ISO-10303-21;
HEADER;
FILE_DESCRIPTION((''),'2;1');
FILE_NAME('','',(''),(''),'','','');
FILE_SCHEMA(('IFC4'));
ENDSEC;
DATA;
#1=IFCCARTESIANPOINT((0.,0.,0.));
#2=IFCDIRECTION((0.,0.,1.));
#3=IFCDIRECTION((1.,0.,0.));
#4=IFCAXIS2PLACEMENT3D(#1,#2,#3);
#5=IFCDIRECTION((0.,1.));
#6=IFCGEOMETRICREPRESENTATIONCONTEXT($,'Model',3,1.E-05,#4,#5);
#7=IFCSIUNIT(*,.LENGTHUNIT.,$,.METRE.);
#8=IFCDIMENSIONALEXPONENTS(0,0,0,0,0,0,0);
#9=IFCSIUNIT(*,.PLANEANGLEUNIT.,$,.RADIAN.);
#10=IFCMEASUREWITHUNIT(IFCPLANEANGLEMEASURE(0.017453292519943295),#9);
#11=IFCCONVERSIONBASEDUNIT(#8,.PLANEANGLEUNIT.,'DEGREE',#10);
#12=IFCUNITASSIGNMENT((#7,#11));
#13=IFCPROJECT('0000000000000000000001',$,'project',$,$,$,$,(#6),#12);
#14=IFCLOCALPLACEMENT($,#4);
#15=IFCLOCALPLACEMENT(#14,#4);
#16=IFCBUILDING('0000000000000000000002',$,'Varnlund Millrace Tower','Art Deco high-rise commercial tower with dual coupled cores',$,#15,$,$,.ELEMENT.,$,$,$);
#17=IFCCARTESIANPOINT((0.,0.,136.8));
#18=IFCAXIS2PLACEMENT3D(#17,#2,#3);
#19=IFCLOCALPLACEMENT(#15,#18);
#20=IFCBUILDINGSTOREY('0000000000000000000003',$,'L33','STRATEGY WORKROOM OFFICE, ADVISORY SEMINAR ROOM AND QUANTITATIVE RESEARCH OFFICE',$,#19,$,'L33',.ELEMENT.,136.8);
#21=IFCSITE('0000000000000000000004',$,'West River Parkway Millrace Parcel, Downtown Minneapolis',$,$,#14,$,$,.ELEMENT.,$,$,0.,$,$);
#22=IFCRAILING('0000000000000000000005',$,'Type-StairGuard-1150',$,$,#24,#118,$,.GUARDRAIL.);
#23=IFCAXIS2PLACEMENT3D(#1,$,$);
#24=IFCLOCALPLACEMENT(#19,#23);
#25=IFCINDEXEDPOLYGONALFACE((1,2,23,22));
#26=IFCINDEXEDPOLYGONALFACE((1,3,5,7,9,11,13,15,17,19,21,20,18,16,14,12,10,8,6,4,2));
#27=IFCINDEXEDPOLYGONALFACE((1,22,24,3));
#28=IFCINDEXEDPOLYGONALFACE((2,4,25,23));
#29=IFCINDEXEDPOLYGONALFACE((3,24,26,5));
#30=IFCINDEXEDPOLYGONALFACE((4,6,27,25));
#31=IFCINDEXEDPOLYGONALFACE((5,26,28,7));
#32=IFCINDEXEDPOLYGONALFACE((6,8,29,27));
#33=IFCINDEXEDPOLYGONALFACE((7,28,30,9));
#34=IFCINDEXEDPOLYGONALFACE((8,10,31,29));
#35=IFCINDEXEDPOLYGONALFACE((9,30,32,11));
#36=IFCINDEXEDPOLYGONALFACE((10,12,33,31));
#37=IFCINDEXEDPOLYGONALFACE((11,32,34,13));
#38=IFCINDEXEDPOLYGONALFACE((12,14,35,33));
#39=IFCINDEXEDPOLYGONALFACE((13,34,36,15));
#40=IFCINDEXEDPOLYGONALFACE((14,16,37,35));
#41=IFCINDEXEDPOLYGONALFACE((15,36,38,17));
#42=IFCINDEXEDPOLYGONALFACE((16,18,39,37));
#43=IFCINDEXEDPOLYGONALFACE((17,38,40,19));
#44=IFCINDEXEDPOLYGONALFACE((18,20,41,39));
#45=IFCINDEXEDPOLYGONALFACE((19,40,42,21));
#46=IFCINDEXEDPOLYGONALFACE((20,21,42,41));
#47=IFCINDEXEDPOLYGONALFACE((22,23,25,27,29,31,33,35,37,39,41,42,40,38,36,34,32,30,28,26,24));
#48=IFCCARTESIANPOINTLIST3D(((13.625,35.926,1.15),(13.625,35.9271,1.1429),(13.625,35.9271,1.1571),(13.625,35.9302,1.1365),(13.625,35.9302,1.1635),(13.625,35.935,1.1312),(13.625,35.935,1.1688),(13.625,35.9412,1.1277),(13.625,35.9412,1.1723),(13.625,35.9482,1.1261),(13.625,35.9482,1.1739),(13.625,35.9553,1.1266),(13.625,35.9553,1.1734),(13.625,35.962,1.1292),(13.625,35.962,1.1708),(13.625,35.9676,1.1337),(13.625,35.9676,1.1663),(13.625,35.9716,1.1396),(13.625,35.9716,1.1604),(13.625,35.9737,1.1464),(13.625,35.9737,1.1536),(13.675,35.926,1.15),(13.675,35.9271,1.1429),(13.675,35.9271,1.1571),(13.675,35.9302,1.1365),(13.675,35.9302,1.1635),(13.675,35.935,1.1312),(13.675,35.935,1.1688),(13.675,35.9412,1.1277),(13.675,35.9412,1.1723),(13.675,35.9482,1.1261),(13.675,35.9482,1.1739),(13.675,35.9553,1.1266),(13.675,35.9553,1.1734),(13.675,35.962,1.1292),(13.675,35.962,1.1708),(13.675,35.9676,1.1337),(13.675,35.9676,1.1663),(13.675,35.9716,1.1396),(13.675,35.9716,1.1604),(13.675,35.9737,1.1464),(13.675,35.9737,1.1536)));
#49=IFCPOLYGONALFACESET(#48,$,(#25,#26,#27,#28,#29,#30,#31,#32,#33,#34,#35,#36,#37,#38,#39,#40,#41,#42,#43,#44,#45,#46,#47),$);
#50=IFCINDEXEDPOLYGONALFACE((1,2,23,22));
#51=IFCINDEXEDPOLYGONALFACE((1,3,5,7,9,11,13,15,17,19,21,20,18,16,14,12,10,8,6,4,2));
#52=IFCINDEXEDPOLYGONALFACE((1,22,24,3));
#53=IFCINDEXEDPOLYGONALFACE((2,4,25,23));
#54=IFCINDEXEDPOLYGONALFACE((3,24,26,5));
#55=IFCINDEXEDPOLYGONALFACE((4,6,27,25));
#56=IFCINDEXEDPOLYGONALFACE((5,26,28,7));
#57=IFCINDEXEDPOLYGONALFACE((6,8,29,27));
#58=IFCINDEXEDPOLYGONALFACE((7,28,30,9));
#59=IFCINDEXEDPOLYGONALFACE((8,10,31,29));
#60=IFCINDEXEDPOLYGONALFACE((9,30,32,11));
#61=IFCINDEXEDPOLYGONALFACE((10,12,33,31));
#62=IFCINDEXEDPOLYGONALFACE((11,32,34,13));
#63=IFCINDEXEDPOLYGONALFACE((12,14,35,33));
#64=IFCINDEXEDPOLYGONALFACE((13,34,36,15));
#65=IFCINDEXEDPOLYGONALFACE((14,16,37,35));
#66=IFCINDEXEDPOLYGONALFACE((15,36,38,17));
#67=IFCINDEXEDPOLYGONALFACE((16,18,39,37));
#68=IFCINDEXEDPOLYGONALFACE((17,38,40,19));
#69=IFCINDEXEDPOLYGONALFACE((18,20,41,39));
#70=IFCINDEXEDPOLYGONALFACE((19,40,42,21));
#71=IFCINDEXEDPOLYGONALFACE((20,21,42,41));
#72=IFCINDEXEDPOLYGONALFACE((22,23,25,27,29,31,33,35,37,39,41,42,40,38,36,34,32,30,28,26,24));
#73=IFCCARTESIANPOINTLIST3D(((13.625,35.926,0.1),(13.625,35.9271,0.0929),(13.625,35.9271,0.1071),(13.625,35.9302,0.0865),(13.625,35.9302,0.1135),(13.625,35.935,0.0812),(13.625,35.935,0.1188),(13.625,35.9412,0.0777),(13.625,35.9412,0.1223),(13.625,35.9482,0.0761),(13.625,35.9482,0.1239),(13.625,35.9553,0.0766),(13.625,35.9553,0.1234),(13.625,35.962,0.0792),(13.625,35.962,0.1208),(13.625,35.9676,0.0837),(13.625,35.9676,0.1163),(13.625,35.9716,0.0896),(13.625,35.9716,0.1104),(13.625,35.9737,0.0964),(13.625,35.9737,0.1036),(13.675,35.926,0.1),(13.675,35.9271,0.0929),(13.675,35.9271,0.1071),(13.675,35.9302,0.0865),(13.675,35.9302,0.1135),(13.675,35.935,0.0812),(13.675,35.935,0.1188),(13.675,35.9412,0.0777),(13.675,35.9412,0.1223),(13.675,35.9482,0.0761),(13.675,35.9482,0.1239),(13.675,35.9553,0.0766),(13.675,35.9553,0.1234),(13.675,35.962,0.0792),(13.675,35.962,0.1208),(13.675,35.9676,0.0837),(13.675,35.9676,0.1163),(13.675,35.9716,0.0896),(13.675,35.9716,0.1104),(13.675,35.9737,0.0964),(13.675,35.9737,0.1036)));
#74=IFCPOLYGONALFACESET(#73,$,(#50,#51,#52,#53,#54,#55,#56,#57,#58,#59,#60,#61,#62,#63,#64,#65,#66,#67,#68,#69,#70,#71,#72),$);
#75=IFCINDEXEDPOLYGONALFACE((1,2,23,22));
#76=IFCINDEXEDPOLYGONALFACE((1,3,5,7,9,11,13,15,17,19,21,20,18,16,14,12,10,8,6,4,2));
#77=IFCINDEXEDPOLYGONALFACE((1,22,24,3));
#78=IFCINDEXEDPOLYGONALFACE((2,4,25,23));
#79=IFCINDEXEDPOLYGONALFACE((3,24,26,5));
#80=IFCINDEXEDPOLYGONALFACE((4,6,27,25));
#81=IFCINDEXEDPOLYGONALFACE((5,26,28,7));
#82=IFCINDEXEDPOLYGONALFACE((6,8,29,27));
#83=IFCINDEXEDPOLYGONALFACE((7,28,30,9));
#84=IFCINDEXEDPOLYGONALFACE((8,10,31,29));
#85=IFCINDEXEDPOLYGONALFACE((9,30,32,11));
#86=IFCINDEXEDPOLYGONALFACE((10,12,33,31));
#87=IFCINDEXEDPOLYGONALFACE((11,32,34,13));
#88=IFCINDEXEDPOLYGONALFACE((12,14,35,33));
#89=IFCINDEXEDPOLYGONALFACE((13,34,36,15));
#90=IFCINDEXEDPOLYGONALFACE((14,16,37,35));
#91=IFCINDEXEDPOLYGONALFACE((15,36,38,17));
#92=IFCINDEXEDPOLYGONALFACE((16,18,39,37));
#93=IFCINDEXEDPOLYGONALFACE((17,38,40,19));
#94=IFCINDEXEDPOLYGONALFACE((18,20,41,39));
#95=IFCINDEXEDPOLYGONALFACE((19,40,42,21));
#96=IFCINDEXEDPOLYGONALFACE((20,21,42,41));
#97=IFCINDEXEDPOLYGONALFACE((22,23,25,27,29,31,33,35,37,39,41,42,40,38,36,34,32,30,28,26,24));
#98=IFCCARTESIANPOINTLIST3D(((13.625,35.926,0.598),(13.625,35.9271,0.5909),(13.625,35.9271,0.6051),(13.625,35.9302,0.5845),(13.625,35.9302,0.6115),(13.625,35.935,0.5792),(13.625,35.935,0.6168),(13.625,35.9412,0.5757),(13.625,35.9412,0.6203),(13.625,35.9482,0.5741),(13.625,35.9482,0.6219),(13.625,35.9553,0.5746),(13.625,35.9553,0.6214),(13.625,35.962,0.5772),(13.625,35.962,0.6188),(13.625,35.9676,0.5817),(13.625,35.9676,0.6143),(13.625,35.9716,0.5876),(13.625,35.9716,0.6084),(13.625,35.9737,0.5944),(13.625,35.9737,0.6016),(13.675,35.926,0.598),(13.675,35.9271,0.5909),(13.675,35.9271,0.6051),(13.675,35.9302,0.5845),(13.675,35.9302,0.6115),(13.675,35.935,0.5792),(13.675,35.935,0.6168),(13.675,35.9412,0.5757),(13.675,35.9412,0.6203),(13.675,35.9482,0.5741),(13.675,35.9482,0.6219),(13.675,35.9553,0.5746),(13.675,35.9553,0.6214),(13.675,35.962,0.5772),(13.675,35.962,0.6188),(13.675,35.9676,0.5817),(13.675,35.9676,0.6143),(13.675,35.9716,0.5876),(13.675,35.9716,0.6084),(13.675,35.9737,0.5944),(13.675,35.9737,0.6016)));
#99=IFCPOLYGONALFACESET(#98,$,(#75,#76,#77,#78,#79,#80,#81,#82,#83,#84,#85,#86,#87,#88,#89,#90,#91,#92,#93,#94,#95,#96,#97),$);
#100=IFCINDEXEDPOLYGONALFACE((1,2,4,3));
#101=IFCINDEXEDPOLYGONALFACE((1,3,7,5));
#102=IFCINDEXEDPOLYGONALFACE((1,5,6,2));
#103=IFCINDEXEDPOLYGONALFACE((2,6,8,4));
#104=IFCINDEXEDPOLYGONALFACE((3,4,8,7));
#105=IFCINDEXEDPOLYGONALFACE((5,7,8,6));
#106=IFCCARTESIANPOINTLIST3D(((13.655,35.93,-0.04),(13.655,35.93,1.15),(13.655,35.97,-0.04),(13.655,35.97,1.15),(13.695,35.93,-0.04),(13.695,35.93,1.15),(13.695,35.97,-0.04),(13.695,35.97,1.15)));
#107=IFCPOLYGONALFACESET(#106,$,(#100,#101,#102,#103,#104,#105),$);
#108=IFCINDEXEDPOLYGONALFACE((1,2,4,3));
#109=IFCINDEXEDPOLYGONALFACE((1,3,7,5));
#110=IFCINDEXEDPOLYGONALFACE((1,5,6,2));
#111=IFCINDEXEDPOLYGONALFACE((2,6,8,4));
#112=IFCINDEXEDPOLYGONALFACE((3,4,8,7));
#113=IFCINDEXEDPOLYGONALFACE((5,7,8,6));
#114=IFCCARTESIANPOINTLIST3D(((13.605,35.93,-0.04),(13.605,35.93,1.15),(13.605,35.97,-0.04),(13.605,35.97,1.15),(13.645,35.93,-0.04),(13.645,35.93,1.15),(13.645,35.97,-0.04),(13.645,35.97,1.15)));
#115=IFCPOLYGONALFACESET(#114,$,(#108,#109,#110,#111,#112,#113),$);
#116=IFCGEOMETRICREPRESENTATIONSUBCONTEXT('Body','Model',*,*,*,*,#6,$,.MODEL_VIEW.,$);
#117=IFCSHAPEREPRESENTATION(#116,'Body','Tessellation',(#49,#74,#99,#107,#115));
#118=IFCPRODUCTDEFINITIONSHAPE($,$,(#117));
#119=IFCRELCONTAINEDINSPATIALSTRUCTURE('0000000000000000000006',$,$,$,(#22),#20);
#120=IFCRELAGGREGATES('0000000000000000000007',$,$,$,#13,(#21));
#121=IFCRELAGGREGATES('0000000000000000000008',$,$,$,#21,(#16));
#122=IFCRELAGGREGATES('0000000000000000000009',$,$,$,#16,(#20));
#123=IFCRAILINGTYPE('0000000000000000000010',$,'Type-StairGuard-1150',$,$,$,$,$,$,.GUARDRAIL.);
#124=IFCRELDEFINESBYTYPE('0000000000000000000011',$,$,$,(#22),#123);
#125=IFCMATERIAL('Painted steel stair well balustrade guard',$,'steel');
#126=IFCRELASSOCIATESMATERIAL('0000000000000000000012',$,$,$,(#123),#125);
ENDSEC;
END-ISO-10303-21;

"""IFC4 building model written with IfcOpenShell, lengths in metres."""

from ifc_helpers import new_model, entity, si_unit, converted_unit, direction, frame, origin_with_axes, origin_2d_with_axis, place, context, subcontext, project, spatial, rectangle, circle, extrude, material, type_object, element, save


model = new_model("IFC4")

# Units and contexts
model_context = context("Model", 3, precision=1e-05, world=origin_with_axes(), true_north=direction((0.0, 1.0)))
body_context = subcontext(model_context, "Body", "Model", "MODEL_VIEW")
ifc_project = project(units=[si_unit("LENGTHUNIT", "METRE"), converted_unit("PLANEANGLEUNIT", "DEGREE", entity("IfcPlaneAngleMeasure", 0.017453292519943295), si_unit("PLANEANGLEUNIT", "RADIAN"), dimensions=[0, 0, 0, 0, 0, 0, 0])], contexts=[model_context])

# Site, building, storey
site_placement = place(None, origin_with_axes())
site = spatial("IfcSite", under=ifc_project, at=site_placement, Name="West River Parkway Millrace Parcel, Downtown Minneapolis", CompositionType="ELEMENT", RefElevation=0.0)
building_placement = place(site_placement, origin_with_axes())
building = spatial("IfcBuilding", under=site, at=building_placement, Name="Varnlund Millrace Tower", Description="Art Deco high-rise commercial tower with dual coupled cores", CompositionType="ELEMENT")
storey_placement = place(building_placement, frame((0.0, 0.0, 136.8), z_axis=(0.0, 0.0, 1.0), x_axis=(1.0, 0.0, 0.0)))
storey = spatial("IfcBuildingStorey", under=building, at=storey_placement, Name="L33", Description="STRATEGY WORKROOM OFFICE, ADVISORY SEMINAR ROOM AND QUANTITATIVE RESEARCH OFFICE", LongName="L33", CompositionType="ELEMENT", Elevation=136.8)

# Railing
ifc_material_1 = material(Name="Painted steel stair well balustrade guard", Category="steel")
railing_type_1 = type_object("IfcRailingType", Name="Type-StairGuard-1150", PredefinedType="GUARDRAIL", material=ifc_material_1)
railing_1_placement = place(storey_placement, frame((0.0, 0.0, -136.8), z_axis=(0.0, 0.0, 1.0), x_axis=(1.0, 0.0, 0.0)))
element("IfcRailing", 1, at=railing_1_placement, inside=storey, type_object=railing_type_1, Name="Type-StairGuard-1150", PredefinedType="GUARDRAIL", context=body_context, shape_type="SweptSolid", body=[
    extrude(circle(Radius=0.024, at=origin_2d_with_axis()), frame((13.675, 35.95, 137.95), z_axis=(-1.0, 0.0, 0.0), x_axis=(0.0, -1.0, 0.0)), (0.0, 0.0, 1.0), 0.05),
    extrude(circle(Radius=0.024, at=origin_2d_with_axis()), frame((13.675, 35.95, 136.9), z_axis=(-1.0, 0.0, 0.0), x_axis=(0.0, -1.0, 0.0)), (0.0, 0.0, 1.0), 0.05),
    extrude(circle(Radius=0.024, at=origin_2d_with_axis()), frame((13.675, 35.95, 137.398), z_axis=(-1.0, 0.0, 0.0), x_axis=(0.0, -1.0, 0.0)), (0.0, 0.0, 1.0), 0.05),
    extrude(rectangle(XDim=0.04, YDim=0.04, at=origin_2d_with_axis()), frame((13.675, 35.95, 136.76), z_axis=(0.0, 0.0, 1.0), x_axis=(1.0, 0.0, 0.0)), (0.0, 0.0, 1.0), 1.19),
    extrude(rectangle(XDim=0.04, YDim=0.04, at=origin_2d_with_axis()), frame((13.625, 35.95, 136.76), z_axis=(0.0, 0.0, 1.0), x_axis=(1.0, 0.0, 0.0)), (0.0, 0.0, 1.0), 1.19),
])

save(model, "model.ifc")
